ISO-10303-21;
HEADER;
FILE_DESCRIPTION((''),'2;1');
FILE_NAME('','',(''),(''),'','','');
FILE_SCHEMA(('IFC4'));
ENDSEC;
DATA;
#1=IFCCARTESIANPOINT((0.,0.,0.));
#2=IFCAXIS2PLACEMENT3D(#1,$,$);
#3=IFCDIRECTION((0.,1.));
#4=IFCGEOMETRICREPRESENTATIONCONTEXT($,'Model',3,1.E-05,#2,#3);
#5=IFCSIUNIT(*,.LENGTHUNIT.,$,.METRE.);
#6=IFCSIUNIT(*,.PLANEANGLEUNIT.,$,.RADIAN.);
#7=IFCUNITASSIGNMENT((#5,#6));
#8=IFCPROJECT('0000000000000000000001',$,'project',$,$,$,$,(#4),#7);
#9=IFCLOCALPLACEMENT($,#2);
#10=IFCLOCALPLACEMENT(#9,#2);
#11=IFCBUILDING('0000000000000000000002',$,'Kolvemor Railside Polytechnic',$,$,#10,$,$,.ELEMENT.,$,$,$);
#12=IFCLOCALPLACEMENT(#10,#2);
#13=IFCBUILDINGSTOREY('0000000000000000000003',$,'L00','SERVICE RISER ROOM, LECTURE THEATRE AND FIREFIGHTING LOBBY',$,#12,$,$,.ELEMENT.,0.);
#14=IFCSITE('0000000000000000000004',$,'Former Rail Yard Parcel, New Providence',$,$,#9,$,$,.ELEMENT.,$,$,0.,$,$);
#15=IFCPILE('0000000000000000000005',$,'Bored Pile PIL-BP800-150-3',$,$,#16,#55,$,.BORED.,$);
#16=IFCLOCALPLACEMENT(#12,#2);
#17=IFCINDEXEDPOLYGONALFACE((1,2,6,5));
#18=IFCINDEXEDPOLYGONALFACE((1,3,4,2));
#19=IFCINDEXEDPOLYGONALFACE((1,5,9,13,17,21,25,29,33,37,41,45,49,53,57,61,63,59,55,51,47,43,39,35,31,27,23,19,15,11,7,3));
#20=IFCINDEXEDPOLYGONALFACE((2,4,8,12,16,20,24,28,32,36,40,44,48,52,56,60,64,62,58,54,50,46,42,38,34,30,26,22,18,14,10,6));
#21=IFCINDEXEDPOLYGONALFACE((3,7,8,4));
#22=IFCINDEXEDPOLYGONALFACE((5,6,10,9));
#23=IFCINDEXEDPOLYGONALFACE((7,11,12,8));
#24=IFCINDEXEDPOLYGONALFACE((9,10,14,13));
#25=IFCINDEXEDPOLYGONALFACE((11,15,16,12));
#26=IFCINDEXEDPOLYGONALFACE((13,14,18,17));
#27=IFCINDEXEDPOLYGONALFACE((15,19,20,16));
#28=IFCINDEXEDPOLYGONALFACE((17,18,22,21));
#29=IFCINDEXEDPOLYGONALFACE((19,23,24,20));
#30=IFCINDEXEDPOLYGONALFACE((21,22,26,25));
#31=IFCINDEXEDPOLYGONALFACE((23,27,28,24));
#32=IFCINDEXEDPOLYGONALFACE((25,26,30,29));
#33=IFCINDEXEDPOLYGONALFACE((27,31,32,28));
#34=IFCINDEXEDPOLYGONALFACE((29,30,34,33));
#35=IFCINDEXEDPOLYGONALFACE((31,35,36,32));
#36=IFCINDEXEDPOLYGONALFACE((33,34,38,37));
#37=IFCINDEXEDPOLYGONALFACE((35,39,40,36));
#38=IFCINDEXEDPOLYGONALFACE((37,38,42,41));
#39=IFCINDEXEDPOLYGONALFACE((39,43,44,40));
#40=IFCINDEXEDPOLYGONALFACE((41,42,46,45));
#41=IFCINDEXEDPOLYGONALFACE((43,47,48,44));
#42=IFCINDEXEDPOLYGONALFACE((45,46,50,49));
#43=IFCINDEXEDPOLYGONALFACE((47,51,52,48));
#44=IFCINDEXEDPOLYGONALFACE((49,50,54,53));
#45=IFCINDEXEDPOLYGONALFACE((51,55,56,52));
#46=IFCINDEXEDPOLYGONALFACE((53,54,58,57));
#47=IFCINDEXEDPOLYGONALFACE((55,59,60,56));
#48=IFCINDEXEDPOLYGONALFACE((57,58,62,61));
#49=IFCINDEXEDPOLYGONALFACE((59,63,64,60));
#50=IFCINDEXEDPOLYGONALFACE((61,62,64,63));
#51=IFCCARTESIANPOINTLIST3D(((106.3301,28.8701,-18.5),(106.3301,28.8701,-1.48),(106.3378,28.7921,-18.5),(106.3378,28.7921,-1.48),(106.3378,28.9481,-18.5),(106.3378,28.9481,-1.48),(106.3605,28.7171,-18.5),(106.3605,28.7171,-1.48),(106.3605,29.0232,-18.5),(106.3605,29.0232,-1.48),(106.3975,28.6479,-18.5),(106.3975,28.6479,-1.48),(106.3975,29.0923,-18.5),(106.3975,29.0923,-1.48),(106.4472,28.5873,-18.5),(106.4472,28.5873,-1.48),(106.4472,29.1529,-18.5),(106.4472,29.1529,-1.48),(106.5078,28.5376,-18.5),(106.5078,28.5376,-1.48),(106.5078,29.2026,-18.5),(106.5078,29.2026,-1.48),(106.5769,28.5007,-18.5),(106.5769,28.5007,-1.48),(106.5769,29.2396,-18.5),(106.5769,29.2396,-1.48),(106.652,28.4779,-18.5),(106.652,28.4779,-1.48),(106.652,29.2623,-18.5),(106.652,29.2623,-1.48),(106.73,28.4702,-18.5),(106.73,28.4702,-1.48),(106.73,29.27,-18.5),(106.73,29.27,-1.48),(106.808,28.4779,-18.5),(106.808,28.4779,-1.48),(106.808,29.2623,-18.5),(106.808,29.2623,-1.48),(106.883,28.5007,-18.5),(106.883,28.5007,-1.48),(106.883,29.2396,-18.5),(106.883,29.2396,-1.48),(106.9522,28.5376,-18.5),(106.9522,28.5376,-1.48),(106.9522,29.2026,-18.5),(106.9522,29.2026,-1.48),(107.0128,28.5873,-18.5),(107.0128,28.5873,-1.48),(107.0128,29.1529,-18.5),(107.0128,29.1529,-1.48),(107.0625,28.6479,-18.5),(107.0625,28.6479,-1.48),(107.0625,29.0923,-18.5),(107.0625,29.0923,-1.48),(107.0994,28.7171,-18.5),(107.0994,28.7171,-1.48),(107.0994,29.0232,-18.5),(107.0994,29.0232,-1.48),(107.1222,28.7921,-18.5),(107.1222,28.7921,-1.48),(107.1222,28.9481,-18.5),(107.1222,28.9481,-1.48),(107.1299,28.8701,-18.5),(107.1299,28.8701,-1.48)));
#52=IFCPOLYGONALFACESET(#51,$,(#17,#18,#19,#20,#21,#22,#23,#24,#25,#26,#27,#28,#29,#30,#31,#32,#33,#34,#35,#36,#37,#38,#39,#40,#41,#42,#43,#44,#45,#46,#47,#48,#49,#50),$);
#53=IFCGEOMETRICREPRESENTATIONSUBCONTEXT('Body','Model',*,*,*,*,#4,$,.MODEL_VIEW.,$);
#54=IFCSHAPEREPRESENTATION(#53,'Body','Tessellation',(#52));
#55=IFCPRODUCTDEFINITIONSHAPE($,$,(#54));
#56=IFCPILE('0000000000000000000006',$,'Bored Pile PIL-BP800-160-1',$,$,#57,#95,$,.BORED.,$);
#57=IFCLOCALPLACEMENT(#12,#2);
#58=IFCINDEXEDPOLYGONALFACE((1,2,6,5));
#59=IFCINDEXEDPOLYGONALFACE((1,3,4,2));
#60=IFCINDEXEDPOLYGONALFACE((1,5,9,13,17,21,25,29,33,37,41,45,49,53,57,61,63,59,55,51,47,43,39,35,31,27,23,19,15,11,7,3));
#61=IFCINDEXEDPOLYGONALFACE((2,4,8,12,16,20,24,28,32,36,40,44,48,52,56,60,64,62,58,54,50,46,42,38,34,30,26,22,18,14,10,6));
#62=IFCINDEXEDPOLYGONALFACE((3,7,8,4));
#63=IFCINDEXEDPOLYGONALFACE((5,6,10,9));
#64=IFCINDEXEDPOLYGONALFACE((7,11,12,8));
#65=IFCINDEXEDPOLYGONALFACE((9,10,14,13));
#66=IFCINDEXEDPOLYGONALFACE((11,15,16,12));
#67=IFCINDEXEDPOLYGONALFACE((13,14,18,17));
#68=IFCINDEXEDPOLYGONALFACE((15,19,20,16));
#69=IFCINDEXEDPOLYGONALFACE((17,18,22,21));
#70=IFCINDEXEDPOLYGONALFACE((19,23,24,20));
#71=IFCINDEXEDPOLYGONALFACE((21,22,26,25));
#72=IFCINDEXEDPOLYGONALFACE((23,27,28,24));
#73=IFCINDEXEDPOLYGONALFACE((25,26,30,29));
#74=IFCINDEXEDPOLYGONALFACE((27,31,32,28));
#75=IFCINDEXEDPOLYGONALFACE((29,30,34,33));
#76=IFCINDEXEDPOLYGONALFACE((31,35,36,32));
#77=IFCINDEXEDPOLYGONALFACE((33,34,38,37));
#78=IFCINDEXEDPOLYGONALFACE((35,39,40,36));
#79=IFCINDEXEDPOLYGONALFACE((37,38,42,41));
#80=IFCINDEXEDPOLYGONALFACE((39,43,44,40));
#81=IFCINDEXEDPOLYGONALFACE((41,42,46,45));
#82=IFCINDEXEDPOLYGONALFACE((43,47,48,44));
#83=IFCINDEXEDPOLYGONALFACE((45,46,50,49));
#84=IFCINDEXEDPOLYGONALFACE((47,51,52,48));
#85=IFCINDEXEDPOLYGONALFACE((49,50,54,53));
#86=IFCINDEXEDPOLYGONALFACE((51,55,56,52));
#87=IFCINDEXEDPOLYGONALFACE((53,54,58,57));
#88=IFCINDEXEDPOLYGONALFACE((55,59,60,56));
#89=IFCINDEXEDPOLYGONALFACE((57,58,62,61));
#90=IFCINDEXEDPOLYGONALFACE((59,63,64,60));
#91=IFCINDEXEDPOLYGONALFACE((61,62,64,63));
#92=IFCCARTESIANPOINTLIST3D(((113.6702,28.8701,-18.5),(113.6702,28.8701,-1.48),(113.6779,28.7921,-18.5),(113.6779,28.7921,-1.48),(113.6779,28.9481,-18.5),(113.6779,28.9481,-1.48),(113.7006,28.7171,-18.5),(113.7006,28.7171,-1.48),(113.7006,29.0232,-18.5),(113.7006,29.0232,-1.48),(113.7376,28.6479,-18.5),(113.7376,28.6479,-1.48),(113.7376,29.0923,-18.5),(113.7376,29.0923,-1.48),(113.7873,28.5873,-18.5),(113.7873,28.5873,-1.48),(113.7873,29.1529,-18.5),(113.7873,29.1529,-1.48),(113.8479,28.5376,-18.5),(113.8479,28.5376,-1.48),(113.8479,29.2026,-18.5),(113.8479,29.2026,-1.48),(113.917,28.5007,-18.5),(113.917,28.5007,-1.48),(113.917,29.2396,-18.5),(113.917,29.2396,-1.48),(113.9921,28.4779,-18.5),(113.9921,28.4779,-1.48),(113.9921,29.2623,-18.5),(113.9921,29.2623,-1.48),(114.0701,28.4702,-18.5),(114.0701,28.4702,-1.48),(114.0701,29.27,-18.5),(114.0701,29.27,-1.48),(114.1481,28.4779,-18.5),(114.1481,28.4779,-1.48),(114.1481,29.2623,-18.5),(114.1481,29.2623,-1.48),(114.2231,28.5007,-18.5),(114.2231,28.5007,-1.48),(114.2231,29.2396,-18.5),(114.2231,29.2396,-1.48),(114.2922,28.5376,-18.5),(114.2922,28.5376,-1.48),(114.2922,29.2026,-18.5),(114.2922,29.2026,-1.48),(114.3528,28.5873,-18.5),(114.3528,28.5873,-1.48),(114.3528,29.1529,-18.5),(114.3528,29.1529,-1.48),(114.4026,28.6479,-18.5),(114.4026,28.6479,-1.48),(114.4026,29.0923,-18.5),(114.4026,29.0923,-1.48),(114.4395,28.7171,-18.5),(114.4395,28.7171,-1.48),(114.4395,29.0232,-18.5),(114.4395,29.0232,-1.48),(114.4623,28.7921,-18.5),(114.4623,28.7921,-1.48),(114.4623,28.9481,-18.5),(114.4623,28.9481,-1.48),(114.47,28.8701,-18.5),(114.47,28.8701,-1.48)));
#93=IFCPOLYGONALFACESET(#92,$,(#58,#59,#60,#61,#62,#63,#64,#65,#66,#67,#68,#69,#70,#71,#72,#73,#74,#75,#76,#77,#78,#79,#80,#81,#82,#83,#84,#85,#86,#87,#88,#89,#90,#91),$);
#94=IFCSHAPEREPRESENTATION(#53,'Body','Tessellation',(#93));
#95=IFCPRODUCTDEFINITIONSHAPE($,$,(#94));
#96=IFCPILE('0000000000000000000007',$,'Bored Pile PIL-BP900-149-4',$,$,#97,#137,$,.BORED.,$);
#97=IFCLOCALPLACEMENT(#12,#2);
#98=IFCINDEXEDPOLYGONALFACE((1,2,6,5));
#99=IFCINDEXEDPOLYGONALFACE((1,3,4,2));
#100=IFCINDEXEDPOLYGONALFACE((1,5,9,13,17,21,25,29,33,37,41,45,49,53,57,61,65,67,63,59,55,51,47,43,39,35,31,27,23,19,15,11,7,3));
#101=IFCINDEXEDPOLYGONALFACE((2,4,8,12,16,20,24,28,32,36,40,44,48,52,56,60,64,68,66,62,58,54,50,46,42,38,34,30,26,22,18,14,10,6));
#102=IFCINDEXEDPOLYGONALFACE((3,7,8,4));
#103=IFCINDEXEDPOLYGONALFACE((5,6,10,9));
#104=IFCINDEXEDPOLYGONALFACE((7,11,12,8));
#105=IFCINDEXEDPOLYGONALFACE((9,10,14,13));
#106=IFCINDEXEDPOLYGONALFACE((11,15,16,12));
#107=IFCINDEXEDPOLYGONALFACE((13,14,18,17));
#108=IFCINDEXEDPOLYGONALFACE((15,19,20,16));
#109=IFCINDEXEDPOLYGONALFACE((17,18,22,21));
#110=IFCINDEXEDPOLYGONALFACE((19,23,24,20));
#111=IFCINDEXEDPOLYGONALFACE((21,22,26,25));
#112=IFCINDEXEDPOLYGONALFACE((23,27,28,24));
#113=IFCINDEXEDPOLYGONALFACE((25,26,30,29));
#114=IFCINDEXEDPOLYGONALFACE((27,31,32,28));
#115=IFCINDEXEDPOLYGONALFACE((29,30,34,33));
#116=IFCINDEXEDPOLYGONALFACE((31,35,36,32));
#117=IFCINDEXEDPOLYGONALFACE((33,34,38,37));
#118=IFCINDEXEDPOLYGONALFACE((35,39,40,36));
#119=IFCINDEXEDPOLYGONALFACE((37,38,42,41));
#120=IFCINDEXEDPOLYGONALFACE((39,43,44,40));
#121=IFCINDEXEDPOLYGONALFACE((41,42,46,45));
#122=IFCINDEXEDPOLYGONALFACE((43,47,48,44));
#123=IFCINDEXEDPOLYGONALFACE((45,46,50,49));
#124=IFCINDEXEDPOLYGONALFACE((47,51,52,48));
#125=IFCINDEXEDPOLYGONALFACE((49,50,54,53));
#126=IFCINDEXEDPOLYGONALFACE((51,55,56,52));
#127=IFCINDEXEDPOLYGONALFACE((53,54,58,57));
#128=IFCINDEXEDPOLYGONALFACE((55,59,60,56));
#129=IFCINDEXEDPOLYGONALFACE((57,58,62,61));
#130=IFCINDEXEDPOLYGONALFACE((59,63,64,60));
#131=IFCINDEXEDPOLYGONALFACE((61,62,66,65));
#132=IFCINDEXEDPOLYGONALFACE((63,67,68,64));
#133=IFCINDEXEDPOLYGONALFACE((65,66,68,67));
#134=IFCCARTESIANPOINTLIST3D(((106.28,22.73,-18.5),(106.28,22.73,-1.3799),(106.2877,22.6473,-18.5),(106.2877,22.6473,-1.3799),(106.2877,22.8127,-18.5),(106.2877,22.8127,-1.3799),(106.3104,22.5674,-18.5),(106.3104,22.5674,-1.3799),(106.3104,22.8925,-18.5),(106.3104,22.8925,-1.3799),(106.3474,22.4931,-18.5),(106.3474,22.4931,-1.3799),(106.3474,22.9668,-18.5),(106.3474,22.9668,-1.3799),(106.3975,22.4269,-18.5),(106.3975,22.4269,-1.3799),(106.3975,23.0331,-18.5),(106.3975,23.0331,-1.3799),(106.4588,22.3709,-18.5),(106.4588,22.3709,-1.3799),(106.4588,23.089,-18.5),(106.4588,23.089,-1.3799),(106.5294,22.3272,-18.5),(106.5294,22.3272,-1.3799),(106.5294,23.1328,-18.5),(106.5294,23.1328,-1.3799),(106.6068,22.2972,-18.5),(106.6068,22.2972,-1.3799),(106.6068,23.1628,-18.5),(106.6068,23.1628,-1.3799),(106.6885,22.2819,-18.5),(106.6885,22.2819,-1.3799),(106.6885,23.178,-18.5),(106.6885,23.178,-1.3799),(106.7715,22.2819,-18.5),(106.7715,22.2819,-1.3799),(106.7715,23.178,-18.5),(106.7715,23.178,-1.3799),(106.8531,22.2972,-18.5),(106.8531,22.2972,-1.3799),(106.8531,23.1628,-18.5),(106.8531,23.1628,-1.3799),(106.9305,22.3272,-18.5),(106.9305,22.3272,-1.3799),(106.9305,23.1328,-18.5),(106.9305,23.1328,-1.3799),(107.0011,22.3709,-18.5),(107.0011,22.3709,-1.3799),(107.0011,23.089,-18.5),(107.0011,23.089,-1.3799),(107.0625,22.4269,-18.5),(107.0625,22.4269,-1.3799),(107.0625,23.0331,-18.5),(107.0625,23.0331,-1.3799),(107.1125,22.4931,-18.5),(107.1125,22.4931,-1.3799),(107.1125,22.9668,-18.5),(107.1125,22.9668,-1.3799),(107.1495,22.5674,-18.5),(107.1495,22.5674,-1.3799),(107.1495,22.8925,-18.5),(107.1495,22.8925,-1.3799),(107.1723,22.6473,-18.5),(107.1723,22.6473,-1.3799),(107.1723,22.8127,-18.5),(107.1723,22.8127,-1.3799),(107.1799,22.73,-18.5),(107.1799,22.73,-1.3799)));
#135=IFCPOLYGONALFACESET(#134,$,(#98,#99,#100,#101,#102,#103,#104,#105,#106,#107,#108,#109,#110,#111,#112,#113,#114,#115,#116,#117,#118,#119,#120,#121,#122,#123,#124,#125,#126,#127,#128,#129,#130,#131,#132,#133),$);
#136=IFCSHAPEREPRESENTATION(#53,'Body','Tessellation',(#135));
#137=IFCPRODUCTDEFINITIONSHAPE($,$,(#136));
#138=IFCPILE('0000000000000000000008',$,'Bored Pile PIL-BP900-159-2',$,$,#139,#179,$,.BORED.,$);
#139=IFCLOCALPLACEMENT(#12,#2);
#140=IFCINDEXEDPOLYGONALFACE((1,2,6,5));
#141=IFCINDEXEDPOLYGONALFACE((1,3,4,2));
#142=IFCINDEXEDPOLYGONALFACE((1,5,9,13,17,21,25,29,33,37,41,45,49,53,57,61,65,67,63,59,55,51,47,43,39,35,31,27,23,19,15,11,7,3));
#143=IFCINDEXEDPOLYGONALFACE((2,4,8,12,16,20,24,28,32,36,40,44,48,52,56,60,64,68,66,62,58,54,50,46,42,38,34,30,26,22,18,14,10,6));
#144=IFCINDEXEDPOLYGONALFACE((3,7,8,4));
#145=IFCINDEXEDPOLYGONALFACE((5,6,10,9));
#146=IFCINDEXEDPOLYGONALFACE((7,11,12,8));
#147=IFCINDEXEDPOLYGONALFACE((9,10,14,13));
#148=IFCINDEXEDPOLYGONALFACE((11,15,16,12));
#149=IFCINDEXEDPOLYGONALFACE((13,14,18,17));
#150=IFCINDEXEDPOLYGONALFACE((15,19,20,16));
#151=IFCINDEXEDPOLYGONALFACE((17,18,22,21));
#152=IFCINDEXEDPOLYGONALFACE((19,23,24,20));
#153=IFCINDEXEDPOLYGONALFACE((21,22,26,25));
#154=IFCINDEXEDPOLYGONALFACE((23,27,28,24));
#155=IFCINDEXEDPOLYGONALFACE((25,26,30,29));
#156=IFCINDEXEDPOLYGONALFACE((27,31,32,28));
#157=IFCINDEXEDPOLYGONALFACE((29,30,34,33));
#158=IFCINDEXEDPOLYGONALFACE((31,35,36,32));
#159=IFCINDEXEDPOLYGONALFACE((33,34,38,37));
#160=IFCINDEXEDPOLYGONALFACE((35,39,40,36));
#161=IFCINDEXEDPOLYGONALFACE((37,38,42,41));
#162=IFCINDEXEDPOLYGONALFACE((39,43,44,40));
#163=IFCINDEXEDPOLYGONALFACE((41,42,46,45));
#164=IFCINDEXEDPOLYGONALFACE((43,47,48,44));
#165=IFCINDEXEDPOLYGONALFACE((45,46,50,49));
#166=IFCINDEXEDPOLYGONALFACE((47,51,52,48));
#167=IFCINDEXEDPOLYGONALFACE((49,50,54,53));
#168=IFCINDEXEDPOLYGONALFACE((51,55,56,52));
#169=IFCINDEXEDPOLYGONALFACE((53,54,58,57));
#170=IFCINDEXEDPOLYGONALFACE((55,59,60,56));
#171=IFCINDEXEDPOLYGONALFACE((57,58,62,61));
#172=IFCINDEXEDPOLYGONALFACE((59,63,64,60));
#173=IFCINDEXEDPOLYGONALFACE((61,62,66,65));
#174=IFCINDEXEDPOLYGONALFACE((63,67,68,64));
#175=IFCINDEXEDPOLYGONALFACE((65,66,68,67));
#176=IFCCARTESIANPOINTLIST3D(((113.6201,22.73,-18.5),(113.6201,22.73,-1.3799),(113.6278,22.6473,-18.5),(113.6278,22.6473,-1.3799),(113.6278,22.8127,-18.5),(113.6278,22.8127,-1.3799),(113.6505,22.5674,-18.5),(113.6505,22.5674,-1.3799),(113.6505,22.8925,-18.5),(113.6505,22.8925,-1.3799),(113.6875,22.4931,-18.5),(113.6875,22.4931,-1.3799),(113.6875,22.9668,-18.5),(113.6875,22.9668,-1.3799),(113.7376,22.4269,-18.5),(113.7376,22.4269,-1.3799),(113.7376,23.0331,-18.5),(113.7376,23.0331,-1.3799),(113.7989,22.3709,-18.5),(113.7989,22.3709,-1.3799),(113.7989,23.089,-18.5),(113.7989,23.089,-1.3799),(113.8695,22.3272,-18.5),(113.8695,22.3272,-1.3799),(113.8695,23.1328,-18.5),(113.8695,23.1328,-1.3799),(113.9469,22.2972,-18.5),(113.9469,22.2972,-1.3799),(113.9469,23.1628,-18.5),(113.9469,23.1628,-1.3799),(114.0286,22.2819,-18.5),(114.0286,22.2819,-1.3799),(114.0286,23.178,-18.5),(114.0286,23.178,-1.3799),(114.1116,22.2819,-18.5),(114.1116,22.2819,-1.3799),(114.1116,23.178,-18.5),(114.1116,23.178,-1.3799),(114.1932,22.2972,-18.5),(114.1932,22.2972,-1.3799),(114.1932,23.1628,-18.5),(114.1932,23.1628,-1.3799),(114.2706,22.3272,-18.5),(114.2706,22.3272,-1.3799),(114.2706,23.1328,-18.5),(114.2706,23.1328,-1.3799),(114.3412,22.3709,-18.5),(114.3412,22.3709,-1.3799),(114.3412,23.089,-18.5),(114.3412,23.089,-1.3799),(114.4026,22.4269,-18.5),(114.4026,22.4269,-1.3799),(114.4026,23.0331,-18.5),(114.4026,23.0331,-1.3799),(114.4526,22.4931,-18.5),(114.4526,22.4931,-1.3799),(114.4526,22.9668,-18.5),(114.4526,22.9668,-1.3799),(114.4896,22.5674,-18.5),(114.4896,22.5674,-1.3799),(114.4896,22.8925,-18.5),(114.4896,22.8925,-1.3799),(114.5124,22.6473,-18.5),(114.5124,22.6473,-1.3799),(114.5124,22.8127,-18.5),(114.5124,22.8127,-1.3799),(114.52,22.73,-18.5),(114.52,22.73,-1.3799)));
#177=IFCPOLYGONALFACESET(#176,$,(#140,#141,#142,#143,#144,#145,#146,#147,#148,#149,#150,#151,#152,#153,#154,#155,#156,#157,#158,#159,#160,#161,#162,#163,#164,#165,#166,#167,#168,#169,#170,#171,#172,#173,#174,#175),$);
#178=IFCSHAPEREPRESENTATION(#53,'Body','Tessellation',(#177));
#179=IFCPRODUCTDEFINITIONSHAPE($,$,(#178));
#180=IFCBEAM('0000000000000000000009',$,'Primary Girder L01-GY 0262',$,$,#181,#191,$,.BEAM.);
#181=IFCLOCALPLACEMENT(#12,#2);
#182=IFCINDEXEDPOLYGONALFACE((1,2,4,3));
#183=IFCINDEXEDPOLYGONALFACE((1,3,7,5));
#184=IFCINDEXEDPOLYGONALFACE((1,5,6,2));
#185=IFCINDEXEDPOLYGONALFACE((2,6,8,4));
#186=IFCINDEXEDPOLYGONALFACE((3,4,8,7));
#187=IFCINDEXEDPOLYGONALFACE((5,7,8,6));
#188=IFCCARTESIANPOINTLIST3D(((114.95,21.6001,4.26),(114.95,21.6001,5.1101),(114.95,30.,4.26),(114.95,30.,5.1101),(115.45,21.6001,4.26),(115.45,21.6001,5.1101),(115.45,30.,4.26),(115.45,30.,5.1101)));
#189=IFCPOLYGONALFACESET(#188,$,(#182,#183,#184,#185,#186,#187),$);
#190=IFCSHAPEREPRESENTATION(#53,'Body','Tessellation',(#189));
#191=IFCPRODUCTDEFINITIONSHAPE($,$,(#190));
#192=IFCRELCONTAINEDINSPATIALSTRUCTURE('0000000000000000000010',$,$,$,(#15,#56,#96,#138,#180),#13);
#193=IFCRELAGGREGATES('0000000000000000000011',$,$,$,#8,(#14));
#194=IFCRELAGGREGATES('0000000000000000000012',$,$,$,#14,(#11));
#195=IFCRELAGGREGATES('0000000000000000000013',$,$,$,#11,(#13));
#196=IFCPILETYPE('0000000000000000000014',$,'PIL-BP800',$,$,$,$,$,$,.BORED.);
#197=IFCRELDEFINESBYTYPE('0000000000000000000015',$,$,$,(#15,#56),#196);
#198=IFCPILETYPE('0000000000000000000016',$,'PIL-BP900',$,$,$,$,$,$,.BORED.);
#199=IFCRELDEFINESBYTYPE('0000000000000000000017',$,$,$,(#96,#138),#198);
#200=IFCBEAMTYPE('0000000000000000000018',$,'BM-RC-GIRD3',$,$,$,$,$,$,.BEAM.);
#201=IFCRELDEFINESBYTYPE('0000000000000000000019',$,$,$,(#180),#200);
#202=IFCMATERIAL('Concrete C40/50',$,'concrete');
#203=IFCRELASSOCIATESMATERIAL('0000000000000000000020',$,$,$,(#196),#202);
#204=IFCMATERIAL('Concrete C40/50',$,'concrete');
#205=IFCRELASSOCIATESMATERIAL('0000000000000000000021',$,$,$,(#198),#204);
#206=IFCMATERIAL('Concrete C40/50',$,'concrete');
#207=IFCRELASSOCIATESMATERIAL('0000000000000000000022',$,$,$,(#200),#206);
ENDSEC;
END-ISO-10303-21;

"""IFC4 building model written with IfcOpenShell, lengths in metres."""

from ifc_helpers import new_model, si_unit, direction, frame, origin, origin_2d, place, context, subcontext, project, spatial, rectangle, circle, extrude, material, material_profile, profile_set, type_object, element, save


model = new_model("IFC4")

# Units and contexts
model_context = context("Model", 3, precision=1e-05, world=origin(), true_north=direction((0.0, 1.0)))
body_context = subcontext(model_context, "Body", "Model", "MODEL_VIEW")
ifc_project = project(units=[si_unit("LENGTHUNIT", "METRE"), si_unit("PLANEANGLEUNIT", "RADIAN")], contexts=[model_context])

# Site, building, storey
site_placement = place(None, origin())
site = spatial("IfcSite", under=ifc_project, at=site_placement, Name="Former Rail Yard Parcel, New Providence", CompositionType="ELEMENT", RefElevation=0.0)
building_placement = place(site_placement, origin())
building = spatial("IfcBuilding", under=site, at=building_placement, Name="Kolvemor Railside Polytechnic", CompositionType="ELEMENT")
storey_placement = place(building_placement, origin())
storey = spatial("IfcBuildingStorey", under=building, at=storey_placement, Name="L00", Description="SERVICE RISER ROOM, LECTURE THEATRE AND FIREFIGHTING LOBBY", CompositionType="ELEMENT", Elevation=0.0)

# Piles
ifc_material_1 = material(Name="Concrete C40/50", Category="concrete")
ifc_material_profile_1 = material_profile(ifc_material_1, circle(Radius=0.3999, at=origin_2d()), Name="BP800")
ifc_profile_set_1 = profile_set([ifc_material_profile_1], Name="Concrete C40/50")
pile_type_1 = type_object("IfcPileType", Name="PIL-BP800", PredefinedType="BORED", material=ifc_profile_set_1)
for number, where, z_axis, x_axis, name in (
    (1, (106.73, 28.8701, -1.48), (0.0, 0.0, -1.0), (1.0, 0.0, 0.0), "Bored Pile PIL-BP800-150-3"),
    (2, (114.0701, 28.8701, -1.48), (0.0, 0.0, -1.0), (1.0, 0.0, 0.0), "Bored Pile PIL-BP800-160-1"),
):
    element("IfcPile", number, at=place(storey_placement, frame(where, z_axis=z_axis, x_axis=x_axis)), inside=storey, type_object=pile_type_1, Name=name, PredefinedType="BORED", context=body_context, shape_type="SweptSolid", body=[
        extrude(circle(Radius=0.3999, at=origin_2d()), origin(), (0.0, 0.0, 1.0), 17.02),
    ])
ifc_material_2 = material(Name="Concrete C40/50", Category="concrete")
ifc_material_profile_2 = material_profile(ifc_material_2, circle(Radius=0.45, at=origin_2d()), Name="BP900")
ifc_profile_set_2 = profile_set([ifc_material_profile_2], Name="Concrete C40/50")
pile_type_2 = type_object("IfcPileType", Name="PIL-BP900", PredefinedType="BORED", material=ifc_profile_set_2)
for number, where, z_axis, x_axis, name in (
    (3, (106.73, 22.73, -1.3799), (0.0, 0.0, -1.0), (1.0, 0.0, 0.0), "Bored Pile PIL-BP900-149-4"),
    (4, (114.0701, 22.73, -1.3799), (0.0, 0.0, -1.0), (1.0, 0.0, 0.0), "Bored Pile PIL-BP900-159-2"),
):
    element("IfcPile", number, at=place(storey_placement, frame(where, z_axis=z_axis, x_axis=x_axis)), inside=storey, type_object=pile_type_2, Name=name, PredefinedType="BORED", context=body_context, shape_type="SweptSolid", body=[
        extrude(circle(Radius=0.45, at=origin_2d()), origin(), (0.0, 0.0, 1.0), 17.1201),
    ])

# Beam
ifc_material_3 = material(Name="Concrete C40/50", Category="concrete")
ifc_material_profile_3 = material_profile(ifc_material_3, rectangle(XDim=0.5, YDim=0.8501, at=origin_2d()), Name="RC500x850")
ifc_profile_set_3 = profile_set([ifc_material_profile_3], Name="Concrete C40/50")
beam_type_1 = type_object("IfcBeamType", Name="BM-RC-GIRD3", PredefinedType="BEAM", material=ifc_profile_set_3)
beam_placement = place(storey_placement, frame((115.2, 21.6001, 4.6851), z_axis=(0.0, 1.0, 0.0), x_axis=(-1.0, 0.0, 0.0)))
element("IfcBeam", 5, at=beam_placement, inside=storey, type_object=beam_type_1, Name="Primary Girder L01-GY 0262", PredefinedType="BEAM", context=body_context, shape_type="SweptSolid", body=[
    extrude(rectangle(XDim=0.5, YDim=0.8501, at=origin_2d()), origin(), (0.0, 0.0, 1.0), 8.3999),
])

save(model, "model.ifc")
